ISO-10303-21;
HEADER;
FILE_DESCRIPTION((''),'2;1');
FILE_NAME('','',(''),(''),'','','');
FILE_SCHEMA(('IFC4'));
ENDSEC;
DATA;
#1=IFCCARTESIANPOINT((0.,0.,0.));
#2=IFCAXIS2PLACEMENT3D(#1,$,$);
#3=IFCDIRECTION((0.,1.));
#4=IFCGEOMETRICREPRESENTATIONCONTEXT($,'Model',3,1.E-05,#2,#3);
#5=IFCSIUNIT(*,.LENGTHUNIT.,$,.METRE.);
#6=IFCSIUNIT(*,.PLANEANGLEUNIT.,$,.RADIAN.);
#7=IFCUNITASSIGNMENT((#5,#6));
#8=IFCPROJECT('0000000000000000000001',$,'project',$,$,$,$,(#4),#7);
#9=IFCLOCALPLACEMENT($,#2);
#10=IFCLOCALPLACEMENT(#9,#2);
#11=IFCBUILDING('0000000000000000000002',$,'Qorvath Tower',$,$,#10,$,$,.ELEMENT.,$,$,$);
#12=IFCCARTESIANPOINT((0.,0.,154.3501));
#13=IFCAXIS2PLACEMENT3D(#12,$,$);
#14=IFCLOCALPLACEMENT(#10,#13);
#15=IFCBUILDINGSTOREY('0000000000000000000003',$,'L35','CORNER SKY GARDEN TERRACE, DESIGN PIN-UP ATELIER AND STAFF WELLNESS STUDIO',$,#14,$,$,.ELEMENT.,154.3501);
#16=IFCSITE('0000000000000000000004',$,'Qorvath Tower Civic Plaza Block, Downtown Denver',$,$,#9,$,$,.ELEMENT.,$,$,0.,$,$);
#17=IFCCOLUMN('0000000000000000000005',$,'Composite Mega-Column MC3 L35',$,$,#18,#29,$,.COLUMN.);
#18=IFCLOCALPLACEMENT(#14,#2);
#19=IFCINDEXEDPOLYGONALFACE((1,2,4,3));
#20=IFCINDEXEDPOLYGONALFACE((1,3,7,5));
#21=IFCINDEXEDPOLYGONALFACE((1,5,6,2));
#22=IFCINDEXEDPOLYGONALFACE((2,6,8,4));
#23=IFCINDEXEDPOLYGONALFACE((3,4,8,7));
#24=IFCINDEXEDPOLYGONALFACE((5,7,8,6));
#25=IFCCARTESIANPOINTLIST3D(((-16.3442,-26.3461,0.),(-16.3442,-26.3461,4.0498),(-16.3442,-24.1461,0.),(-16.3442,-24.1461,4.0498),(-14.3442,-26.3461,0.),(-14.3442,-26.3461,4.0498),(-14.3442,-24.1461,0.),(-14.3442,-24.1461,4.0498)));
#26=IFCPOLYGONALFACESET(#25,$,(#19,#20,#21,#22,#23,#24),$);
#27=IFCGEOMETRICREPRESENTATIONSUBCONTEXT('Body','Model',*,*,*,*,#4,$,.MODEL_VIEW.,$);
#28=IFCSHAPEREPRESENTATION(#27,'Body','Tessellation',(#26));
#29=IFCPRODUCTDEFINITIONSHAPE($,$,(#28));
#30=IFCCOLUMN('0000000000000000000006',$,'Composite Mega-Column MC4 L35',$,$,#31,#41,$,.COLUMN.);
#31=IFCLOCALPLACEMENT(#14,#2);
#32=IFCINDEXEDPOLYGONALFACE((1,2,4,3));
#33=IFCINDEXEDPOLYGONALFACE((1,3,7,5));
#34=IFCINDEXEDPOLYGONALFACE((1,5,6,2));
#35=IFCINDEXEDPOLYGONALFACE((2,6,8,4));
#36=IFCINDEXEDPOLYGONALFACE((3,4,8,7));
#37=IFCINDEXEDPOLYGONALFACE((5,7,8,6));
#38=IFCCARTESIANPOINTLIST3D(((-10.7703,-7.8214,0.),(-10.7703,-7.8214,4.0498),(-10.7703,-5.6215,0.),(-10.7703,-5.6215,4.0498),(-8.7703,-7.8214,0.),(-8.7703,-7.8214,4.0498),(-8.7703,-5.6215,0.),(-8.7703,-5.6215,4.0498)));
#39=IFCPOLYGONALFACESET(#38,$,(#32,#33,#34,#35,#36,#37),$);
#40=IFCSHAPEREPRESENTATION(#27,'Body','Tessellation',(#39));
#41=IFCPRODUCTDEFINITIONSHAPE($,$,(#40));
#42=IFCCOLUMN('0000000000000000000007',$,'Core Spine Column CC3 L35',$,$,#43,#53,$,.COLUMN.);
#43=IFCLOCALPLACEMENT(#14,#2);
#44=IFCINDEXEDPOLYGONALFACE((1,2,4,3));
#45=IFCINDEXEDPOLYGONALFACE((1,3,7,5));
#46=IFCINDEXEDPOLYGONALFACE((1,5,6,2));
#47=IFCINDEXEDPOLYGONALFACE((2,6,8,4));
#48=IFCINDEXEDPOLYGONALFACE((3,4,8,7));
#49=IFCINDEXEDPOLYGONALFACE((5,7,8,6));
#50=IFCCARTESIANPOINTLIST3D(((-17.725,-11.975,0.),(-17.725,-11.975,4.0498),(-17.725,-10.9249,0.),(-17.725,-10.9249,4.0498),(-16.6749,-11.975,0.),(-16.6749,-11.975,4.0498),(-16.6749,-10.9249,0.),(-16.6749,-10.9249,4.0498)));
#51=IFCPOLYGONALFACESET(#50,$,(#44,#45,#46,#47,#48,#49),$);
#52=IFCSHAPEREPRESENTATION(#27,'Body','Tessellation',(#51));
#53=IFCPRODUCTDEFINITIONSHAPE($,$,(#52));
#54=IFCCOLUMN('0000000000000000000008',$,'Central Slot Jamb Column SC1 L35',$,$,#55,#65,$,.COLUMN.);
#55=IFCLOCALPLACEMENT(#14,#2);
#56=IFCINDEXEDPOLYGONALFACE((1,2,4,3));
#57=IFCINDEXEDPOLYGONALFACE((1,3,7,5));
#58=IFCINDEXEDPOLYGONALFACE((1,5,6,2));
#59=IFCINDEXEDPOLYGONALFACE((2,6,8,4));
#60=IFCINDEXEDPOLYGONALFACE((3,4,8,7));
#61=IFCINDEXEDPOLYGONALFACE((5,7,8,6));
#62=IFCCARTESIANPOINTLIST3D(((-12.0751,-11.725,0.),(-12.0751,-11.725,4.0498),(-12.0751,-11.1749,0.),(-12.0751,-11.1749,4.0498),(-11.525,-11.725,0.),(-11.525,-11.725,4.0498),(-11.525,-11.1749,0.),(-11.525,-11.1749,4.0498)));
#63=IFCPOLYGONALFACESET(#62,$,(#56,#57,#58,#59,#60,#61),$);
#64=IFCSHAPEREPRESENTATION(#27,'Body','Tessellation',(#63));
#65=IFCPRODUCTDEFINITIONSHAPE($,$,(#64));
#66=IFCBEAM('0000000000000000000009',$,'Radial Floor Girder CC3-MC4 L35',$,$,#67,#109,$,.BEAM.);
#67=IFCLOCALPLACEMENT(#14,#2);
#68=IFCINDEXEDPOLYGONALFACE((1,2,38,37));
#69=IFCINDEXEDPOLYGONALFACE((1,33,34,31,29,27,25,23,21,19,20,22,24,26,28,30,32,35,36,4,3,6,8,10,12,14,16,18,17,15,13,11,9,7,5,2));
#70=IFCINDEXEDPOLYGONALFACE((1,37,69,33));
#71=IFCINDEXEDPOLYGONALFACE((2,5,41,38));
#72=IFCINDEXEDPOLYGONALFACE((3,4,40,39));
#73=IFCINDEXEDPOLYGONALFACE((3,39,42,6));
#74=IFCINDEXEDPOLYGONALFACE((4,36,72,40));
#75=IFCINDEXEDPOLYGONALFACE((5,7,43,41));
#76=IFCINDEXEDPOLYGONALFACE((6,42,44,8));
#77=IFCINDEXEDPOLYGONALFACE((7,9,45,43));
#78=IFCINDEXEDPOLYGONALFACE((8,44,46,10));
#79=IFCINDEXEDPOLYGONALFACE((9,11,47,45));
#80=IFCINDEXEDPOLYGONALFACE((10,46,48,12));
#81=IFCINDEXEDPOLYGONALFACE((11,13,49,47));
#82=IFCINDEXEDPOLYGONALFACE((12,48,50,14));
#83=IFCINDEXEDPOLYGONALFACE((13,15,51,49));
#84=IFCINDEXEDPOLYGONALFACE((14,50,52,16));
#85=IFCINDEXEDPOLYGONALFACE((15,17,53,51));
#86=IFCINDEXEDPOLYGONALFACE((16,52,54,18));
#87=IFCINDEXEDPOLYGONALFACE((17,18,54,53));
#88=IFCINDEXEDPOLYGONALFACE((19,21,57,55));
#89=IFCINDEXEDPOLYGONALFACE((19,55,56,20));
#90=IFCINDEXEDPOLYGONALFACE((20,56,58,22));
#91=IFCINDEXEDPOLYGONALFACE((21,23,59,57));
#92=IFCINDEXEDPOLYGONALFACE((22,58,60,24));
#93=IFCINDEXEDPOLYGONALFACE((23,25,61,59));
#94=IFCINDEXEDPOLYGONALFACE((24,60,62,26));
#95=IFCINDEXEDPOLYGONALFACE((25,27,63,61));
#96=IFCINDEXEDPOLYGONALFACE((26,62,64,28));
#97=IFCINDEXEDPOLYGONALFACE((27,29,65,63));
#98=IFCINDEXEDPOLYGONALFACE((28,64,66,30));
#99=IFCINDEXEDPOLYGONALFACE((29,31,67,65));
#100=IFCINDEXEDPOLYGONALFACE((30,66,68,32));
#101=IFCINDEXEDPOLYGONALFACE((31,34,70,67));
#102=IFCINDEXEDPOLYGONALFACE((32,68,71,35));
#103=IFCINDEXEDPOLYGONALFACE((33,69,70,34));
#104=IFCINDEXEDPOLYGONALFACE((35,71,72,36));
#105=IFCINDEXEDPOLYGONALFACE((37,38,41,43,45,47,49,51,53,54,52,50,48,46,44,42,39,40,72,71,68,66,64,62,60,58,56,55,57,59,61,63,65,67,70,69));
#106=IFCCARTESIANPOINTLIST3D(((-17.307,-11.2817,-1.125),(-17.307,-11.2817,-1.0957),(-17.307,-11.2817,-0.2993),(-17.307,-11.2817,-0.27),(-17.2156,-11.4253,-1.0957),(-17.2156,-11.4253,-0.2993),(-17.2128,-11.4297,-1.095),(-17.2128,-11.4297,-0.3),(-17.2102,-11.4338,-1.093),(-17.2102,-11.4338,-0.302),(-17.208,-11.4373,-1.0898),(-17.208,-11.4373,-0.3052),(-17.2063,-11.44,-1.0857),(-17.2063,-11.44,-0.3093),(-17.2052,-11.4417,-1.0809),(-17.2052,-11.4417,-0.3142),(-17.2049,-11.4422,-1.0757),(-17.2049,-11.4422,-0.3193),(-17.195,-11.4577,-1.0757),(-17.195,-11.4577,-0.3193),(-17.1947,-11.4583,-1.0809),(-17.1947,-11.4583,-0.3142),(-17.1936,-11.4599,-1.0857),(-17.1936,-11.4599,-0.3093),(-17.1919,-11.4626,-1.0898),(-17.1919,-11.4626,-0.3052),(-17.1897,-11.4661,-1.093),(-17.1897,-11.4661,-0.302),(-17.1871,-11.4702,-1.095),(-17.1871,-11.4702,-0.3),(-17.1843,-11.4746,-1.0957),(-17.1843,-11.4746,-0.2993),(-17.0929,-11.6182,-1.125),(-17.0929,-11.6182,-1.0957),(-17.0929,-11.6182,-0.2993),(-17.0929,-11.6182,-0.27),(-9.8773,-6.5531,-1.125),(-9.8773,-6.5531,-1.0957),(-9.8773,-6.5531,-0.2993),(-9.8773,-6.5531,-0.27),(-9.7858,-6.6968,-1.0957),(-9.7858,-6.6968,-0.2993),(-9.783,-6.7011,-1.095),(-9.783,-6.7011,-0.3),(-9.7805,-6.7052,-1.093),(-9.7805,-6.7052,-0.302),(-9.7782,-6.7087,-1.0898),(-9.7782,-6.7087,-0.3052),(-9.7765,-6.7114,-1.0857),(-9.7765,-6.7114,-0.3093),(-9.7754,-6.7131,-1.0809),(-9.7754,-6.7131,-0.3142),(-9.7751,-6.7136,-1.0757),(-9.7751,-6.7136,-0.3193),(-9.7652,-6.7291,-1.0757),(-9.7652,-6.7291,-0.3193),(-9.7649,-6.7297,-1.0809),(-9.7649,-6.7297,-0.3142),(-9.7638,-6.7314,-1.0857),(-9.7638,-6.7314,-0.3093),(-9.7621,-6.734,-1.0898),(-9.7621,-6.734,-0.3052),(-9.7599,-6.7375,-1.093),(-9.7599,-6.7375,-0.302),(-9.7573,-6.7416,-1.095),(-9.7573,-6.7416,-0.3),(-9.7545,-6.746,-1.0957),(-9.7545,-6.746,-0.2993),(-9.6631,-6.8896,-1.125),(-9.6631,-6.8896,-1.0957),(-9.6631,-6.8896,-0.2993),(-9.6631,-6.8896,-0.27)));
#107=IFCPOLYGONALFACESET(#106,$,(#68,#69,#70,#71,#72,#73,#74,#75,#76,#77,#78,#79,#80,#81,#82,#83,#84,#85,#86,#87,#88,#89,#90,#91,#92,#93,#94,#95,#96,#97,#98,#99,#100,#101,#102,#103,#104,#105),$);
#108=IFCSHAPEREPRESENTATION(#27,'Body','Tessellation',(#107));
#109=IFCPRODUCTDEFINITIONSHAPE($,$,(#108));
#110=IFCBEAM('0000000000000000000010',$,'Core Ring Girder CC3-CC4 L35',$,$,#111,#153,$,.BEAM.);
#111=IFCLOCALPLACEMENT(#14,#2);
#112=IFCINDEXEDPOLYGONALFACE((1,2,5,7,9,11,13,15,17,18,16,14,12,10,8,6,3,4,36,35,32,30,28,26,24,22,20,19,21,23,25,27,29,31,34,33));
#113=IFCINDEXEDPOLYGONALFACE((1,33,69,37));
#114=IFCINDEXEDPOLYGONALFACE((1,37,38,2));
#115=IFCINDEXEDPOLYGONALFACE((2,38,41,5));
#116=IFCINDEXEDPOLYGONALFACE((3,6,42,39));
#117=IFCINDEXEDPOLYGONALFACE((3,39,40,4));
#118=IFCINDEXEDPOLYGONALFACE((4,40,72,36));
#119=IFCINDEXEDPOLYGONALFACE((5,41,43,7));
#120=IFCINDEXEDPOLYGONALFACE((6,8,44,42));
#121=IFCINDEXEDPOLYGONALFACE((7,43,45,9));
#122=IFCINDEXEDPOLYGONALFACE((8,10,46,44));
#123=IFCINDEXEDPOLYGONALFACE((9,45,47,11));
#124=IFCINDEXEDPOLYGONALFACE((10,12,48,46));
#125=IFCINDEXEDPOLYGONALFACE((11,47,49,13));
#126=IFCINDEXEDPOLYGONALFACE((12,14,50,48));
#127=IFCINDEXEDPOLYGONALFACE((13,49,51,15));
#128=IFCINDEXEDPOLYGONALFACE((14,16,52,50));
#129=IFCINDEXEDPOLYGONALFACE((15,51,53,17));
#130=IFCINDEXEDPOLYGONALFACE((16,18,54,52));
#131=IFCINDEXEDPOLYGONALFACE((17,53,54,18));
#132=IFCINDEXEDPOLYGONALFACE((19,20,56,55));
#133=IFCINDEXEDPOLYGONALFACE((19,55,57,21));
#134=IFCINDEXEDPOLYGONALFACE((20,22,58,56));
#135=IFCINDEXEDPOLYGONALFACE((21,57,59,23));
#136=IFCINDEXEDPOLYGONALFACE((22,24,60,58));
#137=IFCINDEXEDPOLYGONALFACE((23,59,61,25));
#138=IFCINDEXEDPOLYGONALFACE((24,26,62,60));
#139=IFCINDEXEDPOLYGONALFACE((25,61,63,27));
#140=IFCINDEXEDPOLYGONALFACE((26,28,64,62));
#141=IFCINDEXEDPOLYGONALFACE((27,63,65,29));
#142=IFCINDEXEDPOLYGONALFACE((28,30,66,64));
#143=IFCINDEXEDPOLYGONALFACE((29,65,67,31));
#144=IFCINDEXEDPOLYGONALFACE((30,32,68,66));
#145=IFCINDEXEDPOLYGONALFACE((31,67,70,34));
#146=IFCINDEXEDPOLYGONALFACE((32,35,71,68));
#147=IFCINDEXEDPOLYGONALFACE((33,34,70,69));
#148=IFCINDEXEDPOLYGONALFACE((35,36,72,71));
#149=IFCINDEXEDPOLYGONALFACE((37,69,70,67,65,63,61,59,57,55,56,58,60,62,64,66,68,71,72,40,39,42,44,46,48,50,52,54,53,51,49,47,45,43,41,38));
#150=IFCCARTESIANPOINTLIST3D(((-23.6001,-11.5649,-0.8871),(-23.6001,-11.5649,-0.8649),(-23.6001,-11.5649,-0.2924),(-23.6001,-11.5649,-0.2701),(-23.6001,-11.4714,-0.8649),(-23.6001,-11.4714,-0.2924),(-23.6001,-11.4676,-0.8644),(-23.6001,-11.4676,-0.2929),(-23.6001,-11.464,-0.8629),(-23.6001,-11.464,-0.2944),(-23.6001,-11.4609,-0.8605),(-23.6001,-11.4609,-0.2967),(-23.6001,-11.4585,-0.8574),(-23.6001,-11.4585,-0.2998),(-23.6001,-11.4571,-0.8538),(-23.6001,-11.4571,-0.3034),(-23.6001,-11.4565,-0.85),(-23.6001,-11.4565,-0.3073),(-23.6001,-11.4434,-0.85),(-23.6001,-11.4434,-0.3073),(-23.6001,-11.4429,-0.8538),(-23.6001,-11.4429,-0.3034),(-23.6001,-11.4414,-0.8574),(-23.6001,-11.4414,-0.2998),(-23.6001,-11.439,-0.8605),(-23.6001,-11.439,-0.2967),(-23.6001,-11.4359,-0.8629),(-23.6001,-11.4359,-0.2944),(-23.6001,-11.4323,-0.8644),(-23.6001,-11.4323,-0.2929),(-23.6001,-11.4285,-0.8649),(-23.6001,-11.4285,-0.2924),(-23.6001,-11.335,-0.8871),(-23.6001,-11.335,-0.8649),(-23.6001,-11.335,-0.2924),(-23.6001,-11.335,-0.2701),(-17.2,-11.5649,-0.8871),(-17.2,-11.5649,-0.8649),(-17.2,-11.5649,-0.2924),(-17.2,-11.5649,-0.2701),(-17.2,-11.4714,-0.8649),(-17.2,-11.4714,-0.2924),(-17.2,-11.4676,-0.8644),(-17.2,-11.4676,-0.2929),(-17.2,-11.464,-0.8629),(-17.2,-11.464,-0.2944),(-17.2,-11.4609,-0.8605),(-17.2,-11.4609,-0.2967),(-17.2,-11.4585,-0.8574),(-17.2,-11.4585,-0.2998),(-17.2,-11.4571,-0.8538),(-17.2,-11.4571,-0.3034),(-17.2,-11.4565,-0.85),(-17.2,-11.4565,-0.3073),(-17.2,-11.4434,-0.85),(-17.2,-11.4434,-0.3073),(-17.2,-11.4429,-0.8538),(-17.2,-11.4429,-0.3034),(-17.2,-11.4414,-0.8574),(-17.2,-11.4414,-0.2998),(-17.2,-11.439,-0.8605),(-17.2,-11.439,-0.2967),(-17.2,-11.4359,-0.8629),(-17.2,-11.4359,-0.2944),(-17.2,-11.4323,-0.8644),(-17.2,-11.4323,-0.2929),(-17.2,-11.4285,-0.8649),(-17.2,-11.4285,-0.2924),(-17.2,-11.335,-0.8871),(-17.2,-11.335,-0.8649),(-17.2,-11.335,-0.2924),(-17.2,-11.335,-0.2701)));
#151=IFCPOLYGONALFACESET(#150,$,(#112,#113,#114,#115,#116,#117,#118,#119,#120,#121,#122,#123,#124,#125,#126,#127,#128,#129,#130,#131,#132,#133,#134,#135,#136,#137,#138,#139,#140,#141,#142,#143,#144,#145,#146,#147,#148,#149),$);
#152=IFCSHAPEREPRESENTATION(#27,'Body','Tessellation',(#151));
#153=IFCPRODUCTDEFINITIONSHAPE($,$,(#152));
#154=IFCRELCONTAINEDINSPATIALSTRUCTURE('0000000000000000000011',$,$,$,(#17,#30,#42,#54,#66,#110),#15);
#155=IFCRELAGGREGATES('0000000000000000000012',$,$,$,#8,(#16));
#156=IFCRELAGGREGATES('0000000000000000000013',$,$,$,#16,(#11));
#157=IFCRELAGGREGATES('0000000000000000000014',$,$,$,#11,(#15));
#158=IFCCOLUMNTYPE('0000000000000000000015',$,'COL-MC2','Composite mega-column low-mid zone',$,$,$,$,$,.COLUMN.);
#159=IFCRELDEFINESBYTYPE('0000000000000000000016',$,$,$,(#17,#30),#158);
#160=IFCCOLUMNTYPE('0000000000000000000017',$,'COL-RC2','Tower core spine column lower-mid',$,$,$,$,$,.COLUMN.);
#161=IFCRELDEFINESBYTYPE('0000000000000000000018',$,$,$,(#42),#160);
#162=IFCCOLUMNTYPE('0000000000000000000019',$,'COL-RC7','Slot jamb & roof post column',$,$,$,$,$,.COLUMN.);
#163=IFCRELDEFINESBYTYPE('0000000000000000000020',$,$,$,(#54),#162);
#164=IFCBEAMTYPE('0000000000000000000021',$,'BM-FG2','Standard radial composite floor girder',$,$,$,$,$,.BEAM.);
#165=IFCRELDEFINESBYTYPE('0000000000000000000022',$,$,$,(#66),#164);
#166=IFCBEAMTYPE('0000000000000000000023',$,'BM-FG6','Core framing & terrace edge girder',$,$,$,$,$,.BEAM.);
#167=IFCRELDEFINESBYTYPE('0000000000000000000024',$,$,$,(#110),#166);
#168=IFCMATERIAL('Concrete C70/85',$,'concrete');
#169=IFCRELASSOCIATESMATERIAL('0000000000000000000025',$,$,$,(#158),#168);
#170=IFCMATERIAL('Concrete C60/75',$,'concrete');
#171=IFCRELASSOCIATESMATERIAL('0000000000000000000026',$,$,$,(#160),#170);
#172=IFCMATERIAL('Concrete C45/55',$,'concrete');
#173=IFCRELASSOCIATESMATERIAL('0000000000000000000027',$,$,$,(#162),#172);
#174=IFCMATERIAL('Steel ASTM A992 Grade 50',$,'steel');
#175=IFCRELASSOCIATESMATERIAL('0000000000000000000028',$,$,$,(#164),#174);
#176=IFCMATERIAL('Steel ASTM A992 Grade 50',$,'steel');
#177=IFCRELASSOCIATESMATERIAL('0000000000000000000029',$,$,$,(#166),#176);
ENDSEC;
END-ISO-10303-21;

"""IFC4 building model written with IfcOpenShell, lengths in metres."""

from ifc_helpers import new_model, si_unit, direction, frame, origin, origin_2d, place, context, subcontext, project, spatial, rectangle, i_section, extrude, material, material_profile, profile_set, type_object, element, save


model = new_model("IFC4")

# Units and contexts
model_context = context("Model", 3, precision=1e-05, world=origin(), true_north=direction((0.0, 1.0)))
body_context = subcontext(model_context, "Body", "Model", "MODEL_VIEW")
ifc_project = project(units=[si_unit("LENGTHUNIT", "METRE"), si_unit("PLANEANGLEUNIT", "RADIAN")], contexts=[model_context])

# Site, building, storey
site_placement = place(None, origin())
site = spatial("IfcSite", under=ifc_project, at=site_placement, Name="Qorvath Tower Civic Plaza Block, Downtown Denver", CompositionType="ELEMENT", RefElevation=0.0)
building_placement = place(site_placement, origin())
building = spatial("IfcBuilding", under=site, at=building_placement, Name="Qorvath Tower", CompositionType="ELEMENT")
storey_placement = place(building_placement, frame((0.0, 0.0, 154.3501)))
storey = spatial("IfcBuildingStorey", under=building, at=storey_placement, Name="L35", Description="CORNER SKY GARDEN TERRACE, DESIGN PIN-UP ATELIER AND STAFF WELLNESS STUDIO", CompositionType="ELEMENT", Elevation=154.3501)

# Columns
ifc_material_1 = material(Name="Concrete C70/85", Category="concrete")
ifc_material_profile_1 = material_profile(ifc_material_1, rectangle(XDim=2.0, YDim=2.2, at=origin_2d()), Name="MC 2200x2000")
ifc_profile_set_1 = profile_set([ifc_material_profile_1], Name="Concrete C70/85")
column_type_1 = type_object("IfcColumnType", Name="COL-MC2", Description="Composite mega-column low-mid zone", PredefinedType="COLUMN", material=ifc_profile_set_1)
for number, where, z_axis, x_axis, name in (
    (1, (-15.3442, -25.2461, 0.0), (0.0, 0.0, 1.0), (1.0, 0.0, 0.0), "Composite Mega-Column MC3 L35"),
    (2, (-9.7703, -6.7214, 0.0), (0.0, 0.0, 1.0), (1.0, 0.0, 0.0), "Composite Mega-Column MC4 L35"),
):
    element("IfcColumn", number, at=place(storey_placement, frame(where, z_axis=z_axis, x_axis=x_axis)), inside=storey, type_object=column_type_1, Name=name, PredefinedType="COLUMN", context=body_context, shape_type="SweptSolid", body=[
        extrude(rectangle(XDim=2.0, YDim=2.2, at=origin_2d()), origin(), (0.0, 0.0, 1.0), 4.0498),
    ])
ifc_material_2 = material(Name="Concrete C60/75", Category="concrete")
ifc_material_profile_2 = material_profile(ifc_material_2, rectangle(XDim=1.05, YDim=1.05, at=origin_2d()), Name="RC 1050x1050")
ifc_profile_set_2 = profile_set([ifc_material_profile_2], Name="Concrete C60/75")
column_type_2 = type_object("IfcColumnType", Name="COL-RC2", Description="Tower core spine column lower-mid", PredefinedType="COLUMN", material=ifc_profile_set_2)
column_1_placement = place(storey_placement, frame((-17.2, -11.45, 0.0), z_axis=(0.0, 0.0, 1.0), x_axis=(1.0, 0.0, 0.0)))
element("IfcColumn", 3, at=column_1_placement, inside=storey, type_object=column_type_2, Name="Core Spine Column CC3 L35", PredefinedType="COLUMN", context=body_context, shape_type="SweptSolid", body=[
    extrude(rectangle(XDim=1.05, YDim=1.05, at=origin_2d()), origin(), (0.0, 0.0, 1.0), 4.0498),
])
ifc_material_3 = material(Name="Concrete C45/55", Category="concrete")
ifc_material_profile_3 = material_profile(ifc_material_3, rectangle(XDim=0.55, YDim=0.55, at=origin_2d()), Name="RC 550x550")
ifc_profile_set_3 = profile_set([ifc_material_profile_3], Name="Concrete C45/55")
column_type_3 = type_object("IfcColumnType", Name="COL-RC7", Description="Slot jamb & roof post column", PredefinedType="COLUMN", material=ifc_profile_set_3)
column_2_placement = place(storey_placement, frame((-11.8, -11.45, 0.0), z_axis=(0.0, 0.0, 1.0), x_axis=(1.0, 0.0, 0.0)))
element("IfcColumn", 4, at=column_2_placement, inside=storey, type_object=column_type_3, Name="Central Slot Jamb Column SC1 L35", PredefinedType="COLUMN", context=body_context, shape_type="SweptSolid", body=[
    extrude(rectangle(XDim=0.55, YDim=0.55, at=origin_2d()), origin(), (0.0, 0.0, 1.0), 4.0498),
])

# Beams
ifc_material_4 = material(Name="Steel ASTM A992 Grade 50", Category="steel")
ifc_material_profile_4 = material_profile(ifc_material_4, i_section(OverallWidth=0.3989, OverallDepth=0.855, WebThickness=0.0183, FlangeThickness=0.0293, FilletRadius=0.02, at=origin_2d()), Name="W33x201")
ifc_profile_set_4 = profile_set([ifc_material_profile_4], Name="Steel ASTM A992 Grade 50")
beam_type_1 = type_object("IfcBeamType", Name="BM-FG2", Description="Standard radial composite floor girder", PredefinedType="BEAM", material=ifc_profile_set_4)
beam_1_placement = place(storey_placement, frame((-17.2, -11.45, -0.6975), z_axis=(0.843634, 0.536919, 0.0), x_axis=(-0.536919, 0.843634, 0.0)))
element("IfcBeam", 5, at=beam_1_placement, inside=storey, type_object=beam_type_1, Name="Radial Floor Girder CC3-MC4 L35", PredefinedType="BEAM", context=body_context, shape_type="SweptSolid", body=[
    extrude(i_section(OverallWidth=0.3989, OverallDepth=0.855, WebThickness=0.0183, FlangeThickness=0.0293, FilletRadius=0.02, at=origin_2d()), origin(), (0.0, 0.0, 1.0), 8.8069),
])
ifc_material_5 = material(Name="Steel ASTM A992 Grade 50", Category="steel")
ifc_material_profile_5 = material_profile(ifc_material_5, i_section(OverallWidth=0.23, OverallDepth=0.6169, WebThickness=0.0132, FlangeThickness=0.0222, FilletRadius=0.0149, at=origin_2d()), Name="W24x94")
ifc_profile_set_5 = profile_set([ifc_material_profile_5], Name="Steel ASTM A992 Grade 50")
beam_type_2 = type_object("IfcBeamType", Name="BM-FG6", Description="Core framing & terrace edge girder", PredefinedType="BEAM", material=ifc_profile_set_5)
beam_2_placement = place(storey_placement, frame((-17.2, -11.45, -0.5786), z_axis=(-1.0, 0.0, 0.0), x_axis=(0.0, -1.0, 0.0)))
element("IfcBeam", 6, at=beam_2_placement, inside=storey, type_object=beam_type_2, Name="Core Ring Girder CC3-CC4 L35", PredefinedType="BEAM", context=body_context, shape_type="SweptSolid", body=[
    extrude(i_section(OverallWidth=0.23, OverallDepth=0.6169, WebThickness=0.0132, FlangeThickness=0.0222, FilletRadius=0.0149, at=origin_2d()), origin(), (0.0, 0.0, 1.0), 6.4001),
])

save(model, "model.ifc")
